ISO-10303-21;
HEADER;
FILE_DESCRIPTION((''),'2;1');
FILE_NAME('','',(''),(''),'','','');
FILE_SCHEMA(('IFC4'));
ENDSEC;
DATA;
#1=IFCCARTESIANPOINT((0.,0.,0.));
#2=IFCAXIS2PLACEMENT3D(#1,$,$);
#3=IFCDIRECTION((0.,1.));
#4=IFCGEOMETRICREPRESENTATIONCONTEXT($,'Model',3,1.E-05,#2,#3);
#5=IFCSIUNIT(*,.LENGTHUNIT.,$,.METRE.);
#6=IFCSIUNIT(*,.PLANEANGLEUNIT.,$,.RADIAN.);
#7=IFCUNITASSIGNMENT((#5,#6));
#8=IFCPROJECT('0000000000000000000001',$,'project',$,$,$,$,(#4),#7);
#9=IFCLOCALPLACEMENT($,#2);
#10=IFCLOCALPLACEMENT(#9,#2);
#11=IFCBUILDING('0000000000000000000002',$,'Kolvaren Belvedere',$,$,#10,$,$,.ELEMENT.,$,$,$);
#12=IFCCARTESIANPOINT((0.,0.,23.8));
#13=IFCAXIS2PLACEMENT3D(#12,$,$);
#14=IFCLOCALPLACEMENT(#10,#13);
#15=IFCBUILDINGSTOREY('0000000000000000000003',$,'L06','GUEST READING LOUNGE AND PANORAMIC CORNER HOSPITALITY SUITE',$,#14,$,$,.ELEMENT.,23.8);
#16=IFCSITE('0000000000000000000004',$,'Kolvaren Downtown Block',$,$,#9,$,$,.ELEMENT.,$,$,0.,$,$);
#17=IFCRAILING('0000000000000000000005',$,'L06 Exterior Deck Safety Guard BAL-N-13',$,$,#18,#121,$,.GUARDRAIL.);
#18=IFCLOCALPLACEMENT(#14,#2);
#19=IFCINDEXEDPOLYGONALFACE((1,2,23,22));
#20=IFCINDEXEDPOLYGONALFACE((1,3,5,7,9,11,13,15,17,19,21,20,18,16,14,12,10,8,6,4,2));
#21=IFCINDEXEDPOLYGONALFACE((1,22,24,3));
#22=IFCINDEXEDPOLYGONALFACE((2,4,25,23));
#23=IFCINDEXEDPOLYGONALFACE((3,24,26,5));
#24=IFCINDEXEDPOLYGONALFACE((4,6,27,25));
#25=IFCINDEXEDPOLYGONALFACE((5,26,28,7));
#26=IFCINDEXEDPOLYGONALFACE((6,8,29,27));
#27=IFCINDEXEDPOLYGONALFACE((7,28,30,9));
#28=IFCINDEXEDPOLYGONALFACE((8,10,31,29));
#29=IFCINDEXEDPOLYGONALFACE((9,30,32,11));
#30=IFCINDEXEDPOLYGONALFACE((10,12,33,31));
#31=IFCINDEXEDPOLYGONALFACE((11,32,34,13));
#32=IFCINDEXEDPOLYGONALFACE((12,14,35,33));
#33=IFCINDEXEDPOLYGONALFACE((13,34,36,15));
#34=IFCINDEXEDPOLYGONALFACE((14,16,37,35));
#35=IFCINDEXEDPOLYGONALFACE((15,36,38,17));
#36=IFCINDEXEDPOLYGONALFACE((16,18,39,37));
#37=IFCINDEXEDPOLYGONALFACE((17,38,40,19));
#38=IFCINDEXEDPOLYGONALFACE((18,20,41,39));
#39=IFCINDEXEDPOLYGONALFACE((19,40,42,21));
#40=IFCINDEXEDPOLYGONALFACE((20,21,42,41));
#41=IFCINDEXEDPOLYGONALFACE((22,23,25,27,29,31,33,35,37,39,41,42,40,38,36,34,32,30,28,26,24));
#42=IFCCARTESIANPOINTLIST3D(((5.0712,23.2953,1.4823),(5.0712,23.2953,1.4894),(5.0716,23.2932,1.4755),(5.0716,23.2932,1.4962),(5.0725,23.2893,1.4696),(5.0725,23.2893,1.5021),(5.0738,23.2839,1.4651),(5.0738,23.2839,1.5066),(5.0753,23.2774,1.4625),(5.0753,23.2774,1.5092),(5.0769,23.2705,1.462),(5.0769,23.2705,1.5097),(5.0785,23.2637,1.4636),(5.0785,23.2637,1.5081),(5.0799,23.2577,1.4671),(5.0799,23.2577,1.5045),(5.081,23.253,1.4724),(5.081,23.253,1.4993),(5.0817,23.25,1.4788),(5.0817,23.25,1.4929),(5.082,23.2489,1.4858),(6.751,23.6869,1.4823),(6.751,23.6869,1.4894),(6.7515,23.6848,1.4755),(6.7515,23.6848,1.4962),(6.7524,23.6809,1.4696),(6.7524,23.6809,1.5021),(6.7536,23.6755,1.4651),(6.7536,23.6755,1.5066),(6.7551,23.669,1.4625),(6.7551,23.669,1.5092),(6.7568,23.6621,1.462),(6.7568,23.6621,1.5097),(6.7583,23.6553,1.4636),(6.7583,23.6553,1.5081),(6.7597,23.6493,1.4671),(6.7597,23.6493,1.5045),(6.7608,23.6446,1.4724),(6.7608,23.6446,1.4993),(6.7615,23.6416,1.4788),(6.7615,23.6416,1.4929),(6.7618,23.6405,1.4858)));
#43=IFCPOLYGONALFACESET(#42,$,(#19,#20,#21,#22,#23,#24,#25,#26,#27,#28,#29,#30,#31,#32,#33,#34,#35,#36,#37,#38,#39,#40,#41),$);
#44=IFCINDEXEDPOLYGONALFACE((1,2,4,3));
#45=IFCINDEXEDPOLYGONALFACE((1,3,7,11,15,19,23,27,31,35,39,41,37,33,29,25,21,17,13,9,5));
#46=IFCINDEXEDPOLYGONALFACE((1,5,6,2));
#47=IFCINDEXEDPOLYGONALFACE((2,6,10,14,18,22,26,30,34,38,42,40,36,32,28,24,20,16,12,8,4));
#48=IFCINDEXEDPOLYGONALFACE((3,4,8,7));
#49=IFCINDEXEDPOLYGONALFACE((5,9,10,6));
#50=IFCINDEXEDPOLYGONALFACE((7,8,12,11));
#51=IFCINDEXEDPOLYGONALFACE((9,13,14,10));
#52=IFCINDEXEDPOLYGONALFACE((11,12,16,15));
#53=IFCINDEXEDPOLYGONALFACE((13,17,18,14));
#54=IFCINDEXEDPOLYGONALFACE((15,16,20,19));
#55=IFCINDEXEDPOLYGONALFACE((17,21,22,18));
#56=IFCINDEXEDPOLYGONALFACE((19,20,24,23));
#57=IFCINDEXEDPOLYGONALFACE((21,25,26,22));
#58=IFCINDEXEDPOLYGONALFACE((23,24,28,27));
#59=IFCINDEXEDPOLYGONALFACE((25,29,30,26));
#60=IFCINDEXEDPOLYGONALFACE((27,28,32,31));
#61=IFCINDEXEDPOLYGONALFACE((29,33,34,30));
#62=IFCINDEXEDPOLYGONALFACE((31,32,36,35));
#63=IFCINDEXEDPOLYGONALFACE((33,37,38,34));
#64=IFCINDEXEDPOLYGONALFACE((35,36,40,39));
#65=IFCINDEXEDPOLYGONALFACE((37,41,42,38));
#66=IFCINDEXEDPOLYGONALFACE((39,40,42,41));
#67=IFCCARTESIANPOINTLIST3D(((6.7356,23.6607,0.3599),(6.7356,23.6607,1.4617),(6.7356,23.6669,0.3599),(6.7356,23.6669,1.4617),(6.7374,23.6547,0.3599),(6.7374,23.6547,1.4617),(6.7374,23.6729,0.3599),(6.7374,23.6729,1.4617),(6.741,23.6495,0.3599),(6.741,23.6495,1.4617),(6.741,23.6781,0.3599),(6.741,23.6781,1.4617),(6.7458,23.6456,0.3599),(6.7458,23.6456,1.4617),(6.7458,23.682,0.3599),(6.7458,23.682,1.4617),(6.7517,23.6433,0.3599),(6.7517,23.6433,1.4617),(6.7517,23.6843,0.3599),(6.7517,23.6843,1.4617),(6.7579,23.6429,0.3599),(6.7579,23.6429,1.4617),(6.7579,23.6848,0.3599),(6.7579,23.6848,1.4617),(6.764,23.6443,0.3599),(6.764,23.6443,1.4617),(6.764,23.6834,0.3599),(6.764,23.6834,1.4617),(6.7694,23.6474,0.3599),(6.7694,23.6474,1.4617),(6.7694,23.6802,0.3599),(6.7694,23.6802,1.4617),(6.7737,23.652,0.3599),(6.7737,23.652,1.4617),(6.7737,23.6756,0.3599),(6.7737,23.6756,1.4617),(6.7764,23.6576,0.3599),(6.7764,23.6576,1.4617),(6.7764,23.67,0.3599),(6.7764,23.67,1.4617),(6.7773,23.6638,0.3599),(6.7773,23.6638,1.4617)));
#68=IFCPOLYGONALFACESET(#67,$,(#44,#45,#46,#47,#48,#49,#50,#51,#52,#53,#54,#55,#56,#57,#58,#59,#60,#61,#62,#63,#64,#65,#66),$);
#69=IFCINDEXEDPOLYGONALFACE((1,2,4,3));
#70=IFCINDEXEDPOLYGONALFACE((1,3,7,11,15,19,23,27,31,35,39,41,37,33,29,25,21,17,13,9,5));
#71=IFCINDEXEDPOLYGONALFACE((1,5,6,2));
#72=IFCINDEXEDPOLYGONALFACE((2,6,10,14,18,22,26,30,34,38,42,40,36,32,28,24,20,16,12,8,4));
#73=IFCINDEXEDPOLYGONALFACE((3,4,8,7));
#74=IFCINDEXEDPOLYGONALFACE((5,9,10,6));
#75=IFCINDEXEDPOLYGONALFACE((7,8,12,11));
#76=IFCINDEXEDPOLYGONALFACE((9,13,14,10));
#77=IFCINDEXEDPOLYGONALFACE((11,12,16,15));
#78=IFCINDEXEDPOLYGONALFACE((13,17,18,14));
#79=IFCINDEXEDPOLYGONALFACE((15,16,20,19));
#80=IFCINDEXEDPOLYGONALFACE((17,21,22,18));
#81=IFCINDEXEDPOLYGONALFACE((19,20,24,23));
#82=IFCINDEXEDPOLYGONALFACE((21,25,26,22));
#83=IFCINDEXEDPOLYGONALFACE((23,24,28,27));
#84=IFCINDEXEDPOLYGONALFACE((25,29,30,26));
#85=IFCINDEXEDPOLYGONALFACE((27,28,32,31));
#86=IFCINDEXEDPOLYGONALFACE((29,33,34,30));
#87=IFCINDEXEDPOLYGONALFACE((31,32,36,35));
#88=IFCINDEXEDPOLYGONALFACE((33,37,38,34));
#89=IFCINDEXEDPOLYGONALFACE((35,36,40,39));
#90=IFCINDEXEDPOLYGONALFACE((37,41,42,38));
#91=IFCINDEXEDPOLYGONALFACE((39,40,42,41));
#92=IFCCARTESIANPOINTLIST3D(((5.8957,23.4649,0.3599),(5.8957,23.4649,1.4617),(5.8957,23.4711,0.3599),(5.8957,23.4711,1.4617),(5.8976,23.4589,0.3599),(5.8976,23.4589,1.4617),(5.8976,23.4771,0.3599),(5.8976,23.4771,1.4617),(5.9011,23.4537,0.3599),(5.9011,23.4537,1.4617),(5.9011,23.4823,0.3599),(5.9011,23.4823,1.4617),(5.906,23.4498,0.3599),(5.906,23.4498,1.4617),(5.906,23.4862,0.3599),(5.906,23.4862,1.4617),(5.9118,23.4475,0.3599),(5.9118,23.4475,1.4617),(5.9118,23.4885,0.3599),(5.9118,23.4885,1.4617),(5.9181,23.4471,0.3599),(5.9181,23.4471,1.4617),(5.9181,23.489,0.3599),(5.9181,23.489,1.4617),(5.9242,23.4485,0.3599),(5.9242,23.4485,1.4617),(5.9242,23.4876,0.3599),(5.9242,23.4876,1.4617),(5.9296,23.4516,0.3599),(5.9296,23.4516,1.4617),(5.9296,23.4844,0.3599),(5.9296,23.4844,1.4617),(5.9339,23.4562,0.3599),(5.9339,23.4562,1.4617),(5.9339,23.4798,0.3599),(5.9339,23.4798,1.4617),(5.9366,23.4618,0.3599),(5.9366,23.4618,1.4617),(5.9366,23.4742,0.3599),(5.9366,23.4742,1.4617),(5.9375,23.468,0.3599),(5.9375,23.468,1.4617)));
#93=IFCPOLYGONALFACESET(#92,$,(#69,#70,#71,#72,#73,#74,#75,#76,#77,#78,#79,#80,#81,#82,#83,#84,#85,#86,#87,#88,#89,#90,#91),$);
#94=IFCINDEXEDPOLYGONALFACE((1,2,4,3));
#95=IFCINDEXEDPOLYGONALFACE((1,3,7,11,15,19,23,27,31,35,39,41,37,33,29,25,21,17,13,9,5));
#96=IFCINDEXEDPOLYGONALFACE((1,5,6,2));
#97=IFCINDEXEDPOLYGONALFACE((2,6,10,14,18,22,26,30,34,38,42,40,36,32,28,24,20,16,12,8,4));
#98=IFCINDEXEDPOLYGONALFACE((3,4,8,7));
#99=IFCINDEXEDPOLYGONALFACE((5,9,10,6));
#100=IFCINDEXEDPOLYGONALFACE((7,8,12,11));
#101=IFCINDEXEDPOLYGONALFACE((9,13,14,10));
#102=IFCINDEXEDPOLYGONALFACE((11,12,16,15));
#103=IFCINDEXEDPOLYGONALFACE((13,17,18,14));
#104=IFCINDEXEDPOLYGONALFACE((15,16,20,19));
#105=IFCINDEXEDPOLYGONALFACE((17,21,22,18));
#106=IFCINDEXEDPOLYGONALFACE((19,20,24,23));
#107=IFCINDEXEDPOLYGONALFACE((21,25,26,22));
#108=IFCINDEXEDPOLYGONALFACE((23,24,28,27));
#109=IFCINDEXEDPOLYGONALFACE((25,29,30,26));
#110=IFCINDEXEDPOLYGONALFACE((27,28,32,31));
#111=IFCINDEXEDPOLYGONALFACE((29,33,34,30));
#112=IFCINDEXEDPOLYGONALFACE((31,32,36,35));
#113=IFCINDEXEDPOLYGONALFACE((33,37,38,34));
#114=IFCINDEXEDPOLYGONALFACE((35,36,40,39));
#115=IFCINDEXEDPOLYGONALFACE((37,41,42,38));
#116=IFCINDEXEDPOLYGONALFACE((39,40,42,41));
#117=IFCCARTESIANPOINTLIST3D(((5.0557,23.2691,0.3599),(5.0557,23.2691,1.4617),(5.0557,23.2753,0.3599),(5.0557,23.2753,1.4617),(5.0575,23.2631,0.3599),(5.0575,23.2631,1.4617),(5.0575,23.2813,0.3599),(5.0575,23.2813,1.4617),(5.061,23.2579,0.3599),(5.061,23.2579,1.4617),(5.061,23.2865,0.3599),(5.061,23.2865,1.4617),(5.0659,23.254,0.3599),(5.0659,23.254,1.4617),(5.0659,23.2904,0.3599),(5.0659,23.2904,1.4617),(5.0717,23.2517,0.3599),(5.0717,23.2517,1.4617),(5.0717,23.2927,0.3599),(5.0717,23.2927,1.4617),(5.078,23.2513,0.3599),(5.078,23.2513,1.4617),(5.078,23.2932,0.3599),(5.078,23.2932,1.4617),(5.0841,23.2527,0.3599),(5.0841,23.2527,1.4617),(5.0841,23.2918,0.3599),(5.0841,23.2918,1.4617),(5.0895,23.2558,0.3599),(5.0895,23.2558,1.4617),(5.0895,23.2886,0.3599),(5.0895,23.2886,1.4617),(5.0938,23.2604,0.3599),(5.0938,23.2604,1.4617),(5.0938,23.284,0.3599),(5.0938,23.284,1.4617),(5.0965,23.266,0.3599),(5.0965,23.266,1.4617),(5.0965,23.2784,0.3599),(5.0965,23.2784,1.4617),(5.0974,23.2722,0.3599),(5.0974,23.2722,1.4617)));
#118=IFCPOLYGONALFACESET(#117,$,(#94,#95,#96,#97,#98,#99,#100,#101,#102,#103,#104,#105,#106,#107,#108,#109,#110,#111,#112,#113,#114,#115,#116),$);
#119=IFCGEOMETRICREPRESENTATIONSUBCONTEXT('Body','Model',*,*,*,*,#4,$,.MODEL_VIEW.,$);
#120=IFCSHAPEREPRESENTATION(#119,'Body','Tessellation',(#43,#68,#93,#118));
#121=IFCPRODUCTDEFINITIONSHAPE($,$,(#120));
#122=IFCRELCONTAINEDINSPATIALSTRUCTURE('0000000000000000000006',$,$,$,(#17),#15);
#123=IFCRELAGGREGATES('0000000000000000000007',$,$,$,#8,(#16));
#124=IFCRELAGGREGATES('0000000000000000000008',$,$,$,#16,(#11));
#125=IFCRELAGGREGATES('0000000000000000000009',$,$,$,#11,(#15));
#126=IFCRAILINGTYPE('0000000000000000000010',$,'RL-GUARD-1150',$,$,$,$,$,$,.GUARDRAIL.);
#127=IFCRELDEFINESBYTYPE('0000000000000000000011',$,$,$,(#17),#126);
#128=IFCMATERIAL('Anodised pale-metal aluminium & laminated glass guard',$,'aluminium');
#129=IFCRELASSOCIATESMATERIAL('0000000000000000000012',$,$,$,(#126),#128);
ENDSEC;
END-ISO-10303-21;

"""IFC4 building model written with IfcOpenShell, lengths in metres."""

from ifc_helpers import new_model, si_unit, direction, frame, origin, origin_2d, place, context, subcontext, project, spatial, circle, extrude, material, type_object, element, save


model = new_model("IFC4")

# Units and contexts
model_context = context("Model", 3, precision=1e-05, world=origin(), true_north=direction((0.0, 1.0)))
body_context = subcontext(model_context, "Body", "Model", "MODEL_VIEW")
ifc_project = project(units=[si_unit("LENGTHUNIT", "METRE"), si_unit("PLANEANGLEUNIT", "RADIAN")], contexts=[model_context])

# Site, building, storey
site_placement = place(None, origin())
site = spatial("IfcSite", under=ifc_project, at=site_placement, Name="Kolvaren Downtown Block", CompositionType="ELEMENT", RefElevation=0.0)
building_placement = place(site_placement, origin())
building = spatial("IfcBuilding", under=site, at=building_placement, Name="Kolvaren Belvedere", CompositionType="ELEMENT")
storey_placement = place(building_placement, frame((0.0, 0.0, 23.8)))
storey = spatial("IfcBuildingStorey", under=building, at=storey_placement, Name="L06", Description="GUEST READING LOUNGE AND PANORAMIC CORNER HOSPITALITY SUITE", CompositionType="ELEMENT", Elevation=23.8)

# Railing
ifc_material_1 = material(Name="Anodised pale-metal aluminium & laminated glass guard", Category="aluminium")
railing_type = type_object("IfcRailingType", Name="RL-GUARD-1150", PredefinedType="GUARDRAIL", material=ifc_material_1)
railing_1_placement = place(storey_placement, frame((6.7563, 23.6638, 0.3599)))
element("IfcRailing", 1, at=railing_1_placement, inside=storey, type_object=railing_type, Name="L06 Exterior Deck Safety Guard BAL-N-13", PredefinedType="GUARDRAIL", context=body_context, shape_type="SweptSolid", body=[
    extrude(circle(Radius=0.0239, at=origin_2d()), frame((0.0, 0.0, 1.126), z_axis=(-0.97389, -0.227019, 0.0), x_axis=(0.227019, -0.97389, 0.0)), (0.0, 0.0, 1.0), 1.7249),
    extrude(circle(Radius=0.021, at=origin_2d()), origin(), (0.0, 0.0, 1.0), 1.1018),
    extrude(circle(Radius=0.021, at=origin_2d()), frame((-0.8398, -0.1958, 0.0)), (0.0, 0.0, 1.0), 1.1018),
    extrude(circle(Radius=0.021, at=origin_2d()), frame((-1.6799, -0.3916, 0.0)), (0.0, 0.0, 1.0), 1.1018),
])

save(model, "model.ifc")
